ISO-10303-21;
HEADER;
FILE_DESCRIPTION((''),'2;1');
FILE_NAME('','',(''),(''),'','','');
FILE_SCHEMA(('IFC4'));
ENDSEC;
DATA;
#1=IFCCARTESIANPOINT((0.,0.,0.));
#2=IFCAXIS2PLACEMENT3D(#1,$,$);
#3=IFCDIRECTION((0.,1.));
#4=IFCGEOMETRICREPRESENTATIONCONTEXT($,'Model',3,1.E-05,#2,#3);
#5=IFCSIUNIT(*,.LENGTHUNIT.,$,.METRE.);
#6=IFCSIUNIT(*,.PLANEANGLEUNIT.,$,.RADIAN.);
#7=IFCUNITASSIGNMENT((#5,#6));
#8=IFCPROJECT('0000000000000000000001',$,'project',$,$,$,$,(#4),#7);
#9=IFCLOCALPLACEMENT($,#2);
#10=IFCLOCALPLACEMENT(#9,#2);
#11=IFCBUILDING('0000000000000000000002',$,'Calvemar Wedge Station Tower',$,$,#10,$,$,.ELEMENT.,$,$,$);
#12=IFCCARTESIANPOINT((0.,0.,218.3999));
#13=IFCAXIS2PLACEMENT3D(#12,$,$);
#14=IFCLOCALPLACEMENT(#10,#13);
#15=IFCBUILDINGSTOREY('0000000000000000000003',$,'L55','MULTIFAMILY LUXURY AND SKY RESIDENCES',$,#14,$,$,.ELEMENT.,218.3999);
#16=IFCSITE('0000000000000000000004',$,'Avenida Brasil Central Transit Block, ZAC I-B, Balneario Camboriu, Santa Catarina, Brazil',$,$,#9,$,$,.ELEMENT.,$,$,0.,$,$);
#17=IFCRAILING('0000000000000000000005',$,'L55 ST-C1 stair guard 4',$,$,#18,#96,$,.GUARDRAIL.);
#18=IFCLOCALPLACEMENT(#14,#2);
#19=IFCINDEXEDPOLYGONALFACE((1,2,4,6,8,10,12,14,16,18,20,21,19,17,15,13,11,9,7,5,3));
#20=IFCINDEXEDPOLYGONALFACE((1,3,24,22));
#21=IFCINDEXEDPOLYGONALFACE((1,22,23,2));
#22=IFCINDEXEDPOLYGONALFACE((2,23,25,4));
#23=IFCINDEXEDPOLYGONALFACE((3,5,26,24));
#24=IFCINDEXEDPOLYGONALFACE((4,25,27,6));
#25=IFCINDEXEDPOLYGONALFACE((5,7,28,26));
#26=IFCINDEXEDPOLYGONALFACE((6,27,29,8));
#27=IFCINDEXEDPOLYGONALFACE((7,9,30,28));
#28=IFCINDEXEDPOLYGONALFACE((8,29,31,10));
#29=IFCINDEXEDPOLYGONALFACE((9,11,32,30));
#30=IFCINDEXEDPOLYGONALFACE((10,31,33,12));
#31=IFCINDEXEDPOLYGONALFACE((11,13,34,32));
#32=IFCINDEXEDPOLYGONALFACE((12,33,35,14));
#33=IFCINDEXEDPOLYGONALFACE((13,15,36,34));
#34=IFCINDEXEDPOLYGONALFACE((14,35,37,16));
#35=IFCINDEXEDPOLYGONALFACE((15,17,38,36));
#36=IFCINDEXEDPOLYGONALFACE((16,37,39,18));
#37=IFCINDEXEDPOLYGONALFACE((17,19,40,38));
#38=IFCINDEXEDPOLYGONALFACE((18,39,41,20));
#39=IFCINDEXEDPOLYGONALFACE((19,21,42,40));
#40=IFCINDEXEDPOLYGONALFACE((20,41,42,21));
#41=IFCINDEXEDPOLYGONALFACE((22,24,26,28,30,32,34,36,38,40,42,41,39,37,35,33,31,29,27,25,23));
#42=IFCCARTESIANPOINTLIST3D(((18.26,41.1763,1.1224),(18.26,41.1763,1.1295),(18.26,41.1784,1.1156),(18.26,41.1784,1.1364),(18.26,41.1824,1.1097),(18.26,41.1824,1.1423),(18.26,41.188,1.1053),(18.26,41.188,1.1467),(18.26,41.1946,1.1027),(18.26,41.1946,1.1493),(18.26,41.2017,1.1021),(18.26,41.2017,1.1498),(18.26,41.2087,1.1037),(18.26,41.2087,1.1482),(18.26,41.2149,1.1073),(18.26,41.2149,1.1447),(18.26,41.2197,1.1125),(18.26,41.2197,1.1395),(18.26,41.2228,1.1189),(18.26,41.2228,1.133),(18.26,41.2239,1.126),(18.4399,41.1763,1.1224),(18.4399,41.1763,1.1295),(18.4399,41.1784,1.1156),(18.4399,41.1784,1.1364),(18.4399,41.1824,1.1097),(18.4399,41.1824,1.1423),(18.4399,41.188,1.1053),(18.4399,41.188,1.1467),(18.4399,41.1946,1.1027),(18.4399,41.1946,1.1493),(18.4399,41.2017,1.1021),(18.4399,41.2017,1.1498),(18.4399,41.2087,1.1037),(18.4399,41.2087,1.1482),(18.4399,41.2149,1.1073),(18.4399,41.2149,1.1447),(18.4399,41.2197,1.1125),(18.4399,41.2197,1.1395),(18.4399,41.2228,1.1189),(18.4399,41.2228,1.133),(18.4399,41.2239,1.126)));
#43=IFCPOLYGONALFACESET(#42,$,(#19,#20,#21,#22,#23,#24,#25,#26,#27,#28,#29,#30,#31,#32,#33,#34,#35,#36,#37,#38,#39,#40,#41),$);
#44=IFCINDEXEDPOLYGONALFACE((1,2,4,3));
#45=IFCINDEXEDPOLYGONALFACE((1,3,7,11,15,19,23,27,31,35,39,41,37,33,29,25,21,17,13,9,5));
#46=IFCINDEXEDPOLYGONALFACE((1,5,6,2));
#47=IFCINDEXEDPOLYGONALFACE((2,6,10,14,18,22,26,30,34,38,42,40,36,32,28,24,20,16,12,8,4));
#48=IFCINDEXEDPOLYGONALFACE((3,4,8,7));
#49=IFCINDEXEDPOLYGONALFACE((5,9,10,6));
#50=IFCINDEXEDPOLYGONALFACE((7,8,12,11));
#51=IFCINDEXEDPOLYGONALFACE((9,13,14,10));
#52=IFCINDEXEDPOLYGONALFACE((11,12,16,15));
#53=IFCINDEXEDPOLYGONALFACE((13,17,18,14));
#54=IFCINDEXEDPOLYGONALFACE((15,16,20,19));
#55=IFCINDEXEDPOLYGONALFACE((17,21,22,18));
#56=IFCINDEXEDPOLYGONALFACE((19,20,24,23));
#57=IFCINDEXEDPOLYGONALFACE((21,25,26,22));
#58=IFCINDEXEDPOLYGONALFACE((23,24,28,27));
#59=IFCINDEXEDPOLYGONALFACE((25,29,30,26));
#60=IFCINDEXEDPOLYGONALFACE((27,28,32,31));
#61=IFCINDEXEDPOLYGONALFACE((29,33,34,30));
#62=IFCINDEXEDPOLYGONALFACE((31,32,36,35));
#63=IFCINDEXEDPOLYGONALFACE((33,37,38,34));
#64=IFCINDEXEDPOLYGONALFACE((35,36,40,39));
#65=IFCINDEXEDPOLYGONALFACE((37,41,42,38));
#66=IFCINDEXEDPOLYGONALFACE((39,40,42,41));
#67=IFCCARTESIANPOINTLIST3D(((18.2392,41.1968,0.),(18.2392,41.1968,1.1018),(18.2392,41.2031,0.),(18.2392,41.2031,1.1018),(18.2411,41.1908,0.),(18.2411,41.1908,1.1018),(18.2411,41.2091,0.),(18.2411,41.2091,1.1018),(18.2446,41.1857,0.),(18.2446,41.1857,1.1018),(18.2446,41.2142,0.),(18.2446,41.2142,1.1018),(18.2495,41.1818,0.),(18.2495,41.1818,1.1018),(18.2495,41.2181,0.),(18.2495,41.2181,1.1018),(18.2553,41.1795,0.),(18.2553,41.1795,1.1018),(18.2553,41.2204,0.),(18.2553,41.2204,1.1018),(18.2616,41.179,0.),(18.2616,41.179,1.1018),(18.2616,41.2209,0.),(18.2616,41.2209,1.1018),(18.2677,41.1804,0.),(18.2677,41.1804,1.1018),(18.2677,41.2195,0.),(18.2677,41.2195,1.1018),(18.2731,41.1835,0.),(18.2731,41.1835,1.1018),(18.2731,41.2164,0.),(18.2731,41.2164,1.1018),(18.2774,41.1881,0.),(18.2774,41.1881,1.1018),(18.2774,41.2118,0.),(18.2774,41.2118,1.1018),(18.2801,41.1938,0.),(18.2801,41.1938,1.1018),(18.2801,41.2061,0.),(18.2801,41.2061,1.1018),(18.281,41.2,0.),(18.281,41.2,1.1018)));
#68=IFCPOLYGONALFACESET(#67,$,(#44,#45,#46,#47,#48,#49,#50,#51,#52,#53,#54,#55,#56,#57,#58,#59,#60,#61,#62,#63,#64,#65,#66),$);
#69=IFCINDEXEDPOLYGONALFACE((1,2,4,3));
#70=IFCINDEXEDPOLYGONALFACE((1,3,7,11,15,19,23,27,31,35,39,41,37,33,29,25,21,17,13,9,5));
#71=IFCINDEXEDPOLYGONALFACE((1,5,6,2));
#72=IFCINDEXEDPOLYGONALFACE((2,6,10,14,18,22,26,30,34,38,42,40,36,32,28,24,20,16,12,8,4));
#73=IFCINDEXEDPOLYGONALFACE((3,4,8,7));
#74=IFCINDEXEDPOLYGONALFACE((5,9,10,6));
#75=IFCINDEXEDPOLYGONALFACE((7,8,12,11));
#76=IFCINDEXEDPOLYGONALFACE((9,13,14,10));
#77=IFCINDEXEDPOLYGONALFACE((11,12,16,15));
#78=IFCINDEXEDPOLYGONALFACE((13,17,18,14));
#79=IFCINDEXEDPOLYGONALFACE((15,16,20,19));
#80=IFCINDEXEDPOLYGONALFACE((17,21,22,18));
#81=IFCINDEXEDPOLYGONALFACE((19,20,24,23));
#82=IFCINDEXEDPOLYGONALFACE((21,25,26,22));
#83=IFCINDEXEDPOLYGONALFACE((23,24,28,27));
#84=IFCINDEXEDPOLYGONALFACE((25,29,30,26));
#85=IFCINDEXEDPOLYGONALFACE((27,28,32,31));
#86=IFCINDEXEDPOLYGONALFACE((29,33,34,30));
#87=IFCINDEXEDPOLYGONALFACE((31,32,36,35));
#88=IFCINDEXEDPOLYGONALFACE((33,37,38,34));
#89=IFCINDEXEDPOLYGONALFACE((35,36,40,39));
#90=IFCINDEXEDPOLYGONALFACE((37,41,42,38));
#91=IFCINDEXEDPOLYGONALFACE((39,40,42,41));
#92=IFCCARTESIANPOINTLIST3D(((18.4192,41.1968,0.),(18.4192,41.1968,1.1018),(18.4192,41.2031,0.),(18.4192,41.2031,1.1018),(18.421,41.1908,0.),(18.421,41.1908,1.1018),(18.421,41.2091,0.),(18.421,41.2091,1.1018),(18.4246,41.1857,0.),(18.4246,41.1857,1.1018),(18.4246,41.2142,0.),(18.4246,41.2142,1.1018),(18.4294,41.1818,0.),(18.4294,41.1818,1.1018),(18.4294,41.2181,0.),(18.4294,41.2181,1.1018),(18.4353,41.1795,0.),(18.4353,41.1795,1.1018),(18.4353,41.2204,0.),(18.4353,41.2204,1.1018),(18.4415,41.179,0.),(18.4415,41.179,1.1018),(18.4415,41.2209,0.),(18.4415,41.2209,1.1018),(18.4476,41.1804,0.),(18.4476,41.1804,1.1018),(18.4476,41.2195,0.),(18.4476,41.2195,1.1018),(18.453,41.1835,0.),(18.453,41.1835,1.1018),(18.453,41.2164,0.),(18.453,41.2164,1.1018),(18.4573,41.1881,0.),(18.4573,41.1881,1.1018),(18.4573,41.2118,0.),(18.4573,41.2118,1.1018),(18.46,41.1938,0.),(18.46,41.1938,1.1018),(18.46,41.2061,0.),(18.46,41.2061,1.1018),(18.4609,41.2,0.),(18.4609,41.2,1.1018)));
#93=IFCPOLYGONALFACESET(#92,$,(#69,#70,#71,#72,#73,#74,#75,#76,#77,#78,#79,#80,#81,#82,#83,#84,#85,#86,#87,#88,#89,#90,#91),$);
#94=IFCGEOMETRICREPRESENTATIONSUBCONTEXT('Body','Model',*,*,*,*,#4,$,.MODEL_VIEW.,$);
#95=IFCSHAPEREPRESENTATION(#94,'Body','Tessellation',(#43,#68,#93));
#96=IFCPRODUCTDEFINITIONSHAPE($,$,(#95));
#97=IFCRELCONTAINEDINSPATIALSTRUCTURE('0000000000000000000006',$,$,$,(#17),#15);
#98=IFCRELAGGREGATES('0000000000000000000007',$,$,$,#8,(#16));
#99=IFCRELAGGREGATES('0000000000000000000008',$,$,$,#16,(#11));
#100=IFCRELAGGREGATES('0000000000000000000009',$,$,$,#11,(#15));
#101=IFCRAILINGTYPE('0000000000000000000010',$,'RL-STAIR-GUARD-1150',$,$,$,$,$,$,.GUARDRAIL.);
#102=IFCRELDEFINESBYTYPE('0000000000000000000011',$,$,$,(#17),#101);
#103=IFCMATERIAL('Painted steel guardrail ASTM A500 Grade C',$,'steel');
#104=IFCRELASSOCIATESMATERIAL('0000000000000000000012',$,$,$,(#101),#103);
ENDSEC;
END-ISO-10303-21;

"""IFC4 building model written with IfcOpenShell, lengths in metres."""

from ifc_helpers import new_model, si_unit, direction, frame, origin, origin_2d, place, context, subcontext, project, spatial, circle, extrude, material, type_object, element, save


model = new_model("IFC4")

# Units and contexts
model_context = context("Model", 3, precision=1e-05, world=origin(), true_north=direction((0.0, 1.0)))
body_context = subcontext(model_context, "Body", "Model", "MODEL_VIEW")
ifc_project = project(units=[si_unit("LENGTHUNIT", "METRE"), si_unit("PLANEANGLEUNIT", "RADIAN")], contexts=[model_context])

# Site, building, storey
site_placement = place(None, origin())
site = spatial("IfcSite", under=ifc_project, at=site_placement, Name="Avenida Brasil Central Transit Block, ZAC I-B, Balneario Camboriu, Santa Catarina, Brazil", CompositionType="ELEMENT", RefElevation=0.0)
building_placement = place(site_placement, origin())
building = spatial("IfcBuilding", under=site, at=building_placement, Name="Calvemar Wedge Station Tower", CompositionType="ELEMENT")
storey_placement = place(building_placement, frame((0.0, 0.0, 218.3999)))
storey = spatial("IfcBuildingStorey", under=building, at=storey_placement, Name="L55", Description="MULTIFAMILY LUXURY AND SKY RESIDENCES", CompositionType="ELEMENT", Elevation=218.3999)

# Railing
ifc_material_1 = material(Name="Painted steel guardrail ASTM A500 Grade C", Category="steel")
railing_type = type_object("IfcRailingType", Name="RL-STAIR-GUARD-1150", PredefinedType="GUARDRAIL", material=ifc_material_1)
railing_1_placement = place(storey_placement, frame((18.26, 41.2, 0.0)))
element("IfcRailing", 1, at=railing_1_placement, inside=storey, type_object=railing_type, Name="L55 ST-C1 stair guard 4", PredefinedType="GUARDRAIL", context=body_context, shape_type="SweptSolid", body=[
    extrude(circle(Radius=0.0239, at=origin_2d()), frame((0.0, 0.0, 1.126), z_axis=(1.0, 0.0, 0.0), x_axis=(0.0, 1.0, 0.0)), (0.0, 0.0, 1.0), 0.1799),
    extrude(circle(Radius=0.021, at=origin_2d()), origin(), (0.0, 0.0, 1.0), 1.1018),
    extrude(circle(Radius=0.021, at=origin_2d()), frame((0.1799, 0.0, 0.0)), (0.0, 0.0, 1.0), 1.1018),
])

save(model, "model.ifc")
